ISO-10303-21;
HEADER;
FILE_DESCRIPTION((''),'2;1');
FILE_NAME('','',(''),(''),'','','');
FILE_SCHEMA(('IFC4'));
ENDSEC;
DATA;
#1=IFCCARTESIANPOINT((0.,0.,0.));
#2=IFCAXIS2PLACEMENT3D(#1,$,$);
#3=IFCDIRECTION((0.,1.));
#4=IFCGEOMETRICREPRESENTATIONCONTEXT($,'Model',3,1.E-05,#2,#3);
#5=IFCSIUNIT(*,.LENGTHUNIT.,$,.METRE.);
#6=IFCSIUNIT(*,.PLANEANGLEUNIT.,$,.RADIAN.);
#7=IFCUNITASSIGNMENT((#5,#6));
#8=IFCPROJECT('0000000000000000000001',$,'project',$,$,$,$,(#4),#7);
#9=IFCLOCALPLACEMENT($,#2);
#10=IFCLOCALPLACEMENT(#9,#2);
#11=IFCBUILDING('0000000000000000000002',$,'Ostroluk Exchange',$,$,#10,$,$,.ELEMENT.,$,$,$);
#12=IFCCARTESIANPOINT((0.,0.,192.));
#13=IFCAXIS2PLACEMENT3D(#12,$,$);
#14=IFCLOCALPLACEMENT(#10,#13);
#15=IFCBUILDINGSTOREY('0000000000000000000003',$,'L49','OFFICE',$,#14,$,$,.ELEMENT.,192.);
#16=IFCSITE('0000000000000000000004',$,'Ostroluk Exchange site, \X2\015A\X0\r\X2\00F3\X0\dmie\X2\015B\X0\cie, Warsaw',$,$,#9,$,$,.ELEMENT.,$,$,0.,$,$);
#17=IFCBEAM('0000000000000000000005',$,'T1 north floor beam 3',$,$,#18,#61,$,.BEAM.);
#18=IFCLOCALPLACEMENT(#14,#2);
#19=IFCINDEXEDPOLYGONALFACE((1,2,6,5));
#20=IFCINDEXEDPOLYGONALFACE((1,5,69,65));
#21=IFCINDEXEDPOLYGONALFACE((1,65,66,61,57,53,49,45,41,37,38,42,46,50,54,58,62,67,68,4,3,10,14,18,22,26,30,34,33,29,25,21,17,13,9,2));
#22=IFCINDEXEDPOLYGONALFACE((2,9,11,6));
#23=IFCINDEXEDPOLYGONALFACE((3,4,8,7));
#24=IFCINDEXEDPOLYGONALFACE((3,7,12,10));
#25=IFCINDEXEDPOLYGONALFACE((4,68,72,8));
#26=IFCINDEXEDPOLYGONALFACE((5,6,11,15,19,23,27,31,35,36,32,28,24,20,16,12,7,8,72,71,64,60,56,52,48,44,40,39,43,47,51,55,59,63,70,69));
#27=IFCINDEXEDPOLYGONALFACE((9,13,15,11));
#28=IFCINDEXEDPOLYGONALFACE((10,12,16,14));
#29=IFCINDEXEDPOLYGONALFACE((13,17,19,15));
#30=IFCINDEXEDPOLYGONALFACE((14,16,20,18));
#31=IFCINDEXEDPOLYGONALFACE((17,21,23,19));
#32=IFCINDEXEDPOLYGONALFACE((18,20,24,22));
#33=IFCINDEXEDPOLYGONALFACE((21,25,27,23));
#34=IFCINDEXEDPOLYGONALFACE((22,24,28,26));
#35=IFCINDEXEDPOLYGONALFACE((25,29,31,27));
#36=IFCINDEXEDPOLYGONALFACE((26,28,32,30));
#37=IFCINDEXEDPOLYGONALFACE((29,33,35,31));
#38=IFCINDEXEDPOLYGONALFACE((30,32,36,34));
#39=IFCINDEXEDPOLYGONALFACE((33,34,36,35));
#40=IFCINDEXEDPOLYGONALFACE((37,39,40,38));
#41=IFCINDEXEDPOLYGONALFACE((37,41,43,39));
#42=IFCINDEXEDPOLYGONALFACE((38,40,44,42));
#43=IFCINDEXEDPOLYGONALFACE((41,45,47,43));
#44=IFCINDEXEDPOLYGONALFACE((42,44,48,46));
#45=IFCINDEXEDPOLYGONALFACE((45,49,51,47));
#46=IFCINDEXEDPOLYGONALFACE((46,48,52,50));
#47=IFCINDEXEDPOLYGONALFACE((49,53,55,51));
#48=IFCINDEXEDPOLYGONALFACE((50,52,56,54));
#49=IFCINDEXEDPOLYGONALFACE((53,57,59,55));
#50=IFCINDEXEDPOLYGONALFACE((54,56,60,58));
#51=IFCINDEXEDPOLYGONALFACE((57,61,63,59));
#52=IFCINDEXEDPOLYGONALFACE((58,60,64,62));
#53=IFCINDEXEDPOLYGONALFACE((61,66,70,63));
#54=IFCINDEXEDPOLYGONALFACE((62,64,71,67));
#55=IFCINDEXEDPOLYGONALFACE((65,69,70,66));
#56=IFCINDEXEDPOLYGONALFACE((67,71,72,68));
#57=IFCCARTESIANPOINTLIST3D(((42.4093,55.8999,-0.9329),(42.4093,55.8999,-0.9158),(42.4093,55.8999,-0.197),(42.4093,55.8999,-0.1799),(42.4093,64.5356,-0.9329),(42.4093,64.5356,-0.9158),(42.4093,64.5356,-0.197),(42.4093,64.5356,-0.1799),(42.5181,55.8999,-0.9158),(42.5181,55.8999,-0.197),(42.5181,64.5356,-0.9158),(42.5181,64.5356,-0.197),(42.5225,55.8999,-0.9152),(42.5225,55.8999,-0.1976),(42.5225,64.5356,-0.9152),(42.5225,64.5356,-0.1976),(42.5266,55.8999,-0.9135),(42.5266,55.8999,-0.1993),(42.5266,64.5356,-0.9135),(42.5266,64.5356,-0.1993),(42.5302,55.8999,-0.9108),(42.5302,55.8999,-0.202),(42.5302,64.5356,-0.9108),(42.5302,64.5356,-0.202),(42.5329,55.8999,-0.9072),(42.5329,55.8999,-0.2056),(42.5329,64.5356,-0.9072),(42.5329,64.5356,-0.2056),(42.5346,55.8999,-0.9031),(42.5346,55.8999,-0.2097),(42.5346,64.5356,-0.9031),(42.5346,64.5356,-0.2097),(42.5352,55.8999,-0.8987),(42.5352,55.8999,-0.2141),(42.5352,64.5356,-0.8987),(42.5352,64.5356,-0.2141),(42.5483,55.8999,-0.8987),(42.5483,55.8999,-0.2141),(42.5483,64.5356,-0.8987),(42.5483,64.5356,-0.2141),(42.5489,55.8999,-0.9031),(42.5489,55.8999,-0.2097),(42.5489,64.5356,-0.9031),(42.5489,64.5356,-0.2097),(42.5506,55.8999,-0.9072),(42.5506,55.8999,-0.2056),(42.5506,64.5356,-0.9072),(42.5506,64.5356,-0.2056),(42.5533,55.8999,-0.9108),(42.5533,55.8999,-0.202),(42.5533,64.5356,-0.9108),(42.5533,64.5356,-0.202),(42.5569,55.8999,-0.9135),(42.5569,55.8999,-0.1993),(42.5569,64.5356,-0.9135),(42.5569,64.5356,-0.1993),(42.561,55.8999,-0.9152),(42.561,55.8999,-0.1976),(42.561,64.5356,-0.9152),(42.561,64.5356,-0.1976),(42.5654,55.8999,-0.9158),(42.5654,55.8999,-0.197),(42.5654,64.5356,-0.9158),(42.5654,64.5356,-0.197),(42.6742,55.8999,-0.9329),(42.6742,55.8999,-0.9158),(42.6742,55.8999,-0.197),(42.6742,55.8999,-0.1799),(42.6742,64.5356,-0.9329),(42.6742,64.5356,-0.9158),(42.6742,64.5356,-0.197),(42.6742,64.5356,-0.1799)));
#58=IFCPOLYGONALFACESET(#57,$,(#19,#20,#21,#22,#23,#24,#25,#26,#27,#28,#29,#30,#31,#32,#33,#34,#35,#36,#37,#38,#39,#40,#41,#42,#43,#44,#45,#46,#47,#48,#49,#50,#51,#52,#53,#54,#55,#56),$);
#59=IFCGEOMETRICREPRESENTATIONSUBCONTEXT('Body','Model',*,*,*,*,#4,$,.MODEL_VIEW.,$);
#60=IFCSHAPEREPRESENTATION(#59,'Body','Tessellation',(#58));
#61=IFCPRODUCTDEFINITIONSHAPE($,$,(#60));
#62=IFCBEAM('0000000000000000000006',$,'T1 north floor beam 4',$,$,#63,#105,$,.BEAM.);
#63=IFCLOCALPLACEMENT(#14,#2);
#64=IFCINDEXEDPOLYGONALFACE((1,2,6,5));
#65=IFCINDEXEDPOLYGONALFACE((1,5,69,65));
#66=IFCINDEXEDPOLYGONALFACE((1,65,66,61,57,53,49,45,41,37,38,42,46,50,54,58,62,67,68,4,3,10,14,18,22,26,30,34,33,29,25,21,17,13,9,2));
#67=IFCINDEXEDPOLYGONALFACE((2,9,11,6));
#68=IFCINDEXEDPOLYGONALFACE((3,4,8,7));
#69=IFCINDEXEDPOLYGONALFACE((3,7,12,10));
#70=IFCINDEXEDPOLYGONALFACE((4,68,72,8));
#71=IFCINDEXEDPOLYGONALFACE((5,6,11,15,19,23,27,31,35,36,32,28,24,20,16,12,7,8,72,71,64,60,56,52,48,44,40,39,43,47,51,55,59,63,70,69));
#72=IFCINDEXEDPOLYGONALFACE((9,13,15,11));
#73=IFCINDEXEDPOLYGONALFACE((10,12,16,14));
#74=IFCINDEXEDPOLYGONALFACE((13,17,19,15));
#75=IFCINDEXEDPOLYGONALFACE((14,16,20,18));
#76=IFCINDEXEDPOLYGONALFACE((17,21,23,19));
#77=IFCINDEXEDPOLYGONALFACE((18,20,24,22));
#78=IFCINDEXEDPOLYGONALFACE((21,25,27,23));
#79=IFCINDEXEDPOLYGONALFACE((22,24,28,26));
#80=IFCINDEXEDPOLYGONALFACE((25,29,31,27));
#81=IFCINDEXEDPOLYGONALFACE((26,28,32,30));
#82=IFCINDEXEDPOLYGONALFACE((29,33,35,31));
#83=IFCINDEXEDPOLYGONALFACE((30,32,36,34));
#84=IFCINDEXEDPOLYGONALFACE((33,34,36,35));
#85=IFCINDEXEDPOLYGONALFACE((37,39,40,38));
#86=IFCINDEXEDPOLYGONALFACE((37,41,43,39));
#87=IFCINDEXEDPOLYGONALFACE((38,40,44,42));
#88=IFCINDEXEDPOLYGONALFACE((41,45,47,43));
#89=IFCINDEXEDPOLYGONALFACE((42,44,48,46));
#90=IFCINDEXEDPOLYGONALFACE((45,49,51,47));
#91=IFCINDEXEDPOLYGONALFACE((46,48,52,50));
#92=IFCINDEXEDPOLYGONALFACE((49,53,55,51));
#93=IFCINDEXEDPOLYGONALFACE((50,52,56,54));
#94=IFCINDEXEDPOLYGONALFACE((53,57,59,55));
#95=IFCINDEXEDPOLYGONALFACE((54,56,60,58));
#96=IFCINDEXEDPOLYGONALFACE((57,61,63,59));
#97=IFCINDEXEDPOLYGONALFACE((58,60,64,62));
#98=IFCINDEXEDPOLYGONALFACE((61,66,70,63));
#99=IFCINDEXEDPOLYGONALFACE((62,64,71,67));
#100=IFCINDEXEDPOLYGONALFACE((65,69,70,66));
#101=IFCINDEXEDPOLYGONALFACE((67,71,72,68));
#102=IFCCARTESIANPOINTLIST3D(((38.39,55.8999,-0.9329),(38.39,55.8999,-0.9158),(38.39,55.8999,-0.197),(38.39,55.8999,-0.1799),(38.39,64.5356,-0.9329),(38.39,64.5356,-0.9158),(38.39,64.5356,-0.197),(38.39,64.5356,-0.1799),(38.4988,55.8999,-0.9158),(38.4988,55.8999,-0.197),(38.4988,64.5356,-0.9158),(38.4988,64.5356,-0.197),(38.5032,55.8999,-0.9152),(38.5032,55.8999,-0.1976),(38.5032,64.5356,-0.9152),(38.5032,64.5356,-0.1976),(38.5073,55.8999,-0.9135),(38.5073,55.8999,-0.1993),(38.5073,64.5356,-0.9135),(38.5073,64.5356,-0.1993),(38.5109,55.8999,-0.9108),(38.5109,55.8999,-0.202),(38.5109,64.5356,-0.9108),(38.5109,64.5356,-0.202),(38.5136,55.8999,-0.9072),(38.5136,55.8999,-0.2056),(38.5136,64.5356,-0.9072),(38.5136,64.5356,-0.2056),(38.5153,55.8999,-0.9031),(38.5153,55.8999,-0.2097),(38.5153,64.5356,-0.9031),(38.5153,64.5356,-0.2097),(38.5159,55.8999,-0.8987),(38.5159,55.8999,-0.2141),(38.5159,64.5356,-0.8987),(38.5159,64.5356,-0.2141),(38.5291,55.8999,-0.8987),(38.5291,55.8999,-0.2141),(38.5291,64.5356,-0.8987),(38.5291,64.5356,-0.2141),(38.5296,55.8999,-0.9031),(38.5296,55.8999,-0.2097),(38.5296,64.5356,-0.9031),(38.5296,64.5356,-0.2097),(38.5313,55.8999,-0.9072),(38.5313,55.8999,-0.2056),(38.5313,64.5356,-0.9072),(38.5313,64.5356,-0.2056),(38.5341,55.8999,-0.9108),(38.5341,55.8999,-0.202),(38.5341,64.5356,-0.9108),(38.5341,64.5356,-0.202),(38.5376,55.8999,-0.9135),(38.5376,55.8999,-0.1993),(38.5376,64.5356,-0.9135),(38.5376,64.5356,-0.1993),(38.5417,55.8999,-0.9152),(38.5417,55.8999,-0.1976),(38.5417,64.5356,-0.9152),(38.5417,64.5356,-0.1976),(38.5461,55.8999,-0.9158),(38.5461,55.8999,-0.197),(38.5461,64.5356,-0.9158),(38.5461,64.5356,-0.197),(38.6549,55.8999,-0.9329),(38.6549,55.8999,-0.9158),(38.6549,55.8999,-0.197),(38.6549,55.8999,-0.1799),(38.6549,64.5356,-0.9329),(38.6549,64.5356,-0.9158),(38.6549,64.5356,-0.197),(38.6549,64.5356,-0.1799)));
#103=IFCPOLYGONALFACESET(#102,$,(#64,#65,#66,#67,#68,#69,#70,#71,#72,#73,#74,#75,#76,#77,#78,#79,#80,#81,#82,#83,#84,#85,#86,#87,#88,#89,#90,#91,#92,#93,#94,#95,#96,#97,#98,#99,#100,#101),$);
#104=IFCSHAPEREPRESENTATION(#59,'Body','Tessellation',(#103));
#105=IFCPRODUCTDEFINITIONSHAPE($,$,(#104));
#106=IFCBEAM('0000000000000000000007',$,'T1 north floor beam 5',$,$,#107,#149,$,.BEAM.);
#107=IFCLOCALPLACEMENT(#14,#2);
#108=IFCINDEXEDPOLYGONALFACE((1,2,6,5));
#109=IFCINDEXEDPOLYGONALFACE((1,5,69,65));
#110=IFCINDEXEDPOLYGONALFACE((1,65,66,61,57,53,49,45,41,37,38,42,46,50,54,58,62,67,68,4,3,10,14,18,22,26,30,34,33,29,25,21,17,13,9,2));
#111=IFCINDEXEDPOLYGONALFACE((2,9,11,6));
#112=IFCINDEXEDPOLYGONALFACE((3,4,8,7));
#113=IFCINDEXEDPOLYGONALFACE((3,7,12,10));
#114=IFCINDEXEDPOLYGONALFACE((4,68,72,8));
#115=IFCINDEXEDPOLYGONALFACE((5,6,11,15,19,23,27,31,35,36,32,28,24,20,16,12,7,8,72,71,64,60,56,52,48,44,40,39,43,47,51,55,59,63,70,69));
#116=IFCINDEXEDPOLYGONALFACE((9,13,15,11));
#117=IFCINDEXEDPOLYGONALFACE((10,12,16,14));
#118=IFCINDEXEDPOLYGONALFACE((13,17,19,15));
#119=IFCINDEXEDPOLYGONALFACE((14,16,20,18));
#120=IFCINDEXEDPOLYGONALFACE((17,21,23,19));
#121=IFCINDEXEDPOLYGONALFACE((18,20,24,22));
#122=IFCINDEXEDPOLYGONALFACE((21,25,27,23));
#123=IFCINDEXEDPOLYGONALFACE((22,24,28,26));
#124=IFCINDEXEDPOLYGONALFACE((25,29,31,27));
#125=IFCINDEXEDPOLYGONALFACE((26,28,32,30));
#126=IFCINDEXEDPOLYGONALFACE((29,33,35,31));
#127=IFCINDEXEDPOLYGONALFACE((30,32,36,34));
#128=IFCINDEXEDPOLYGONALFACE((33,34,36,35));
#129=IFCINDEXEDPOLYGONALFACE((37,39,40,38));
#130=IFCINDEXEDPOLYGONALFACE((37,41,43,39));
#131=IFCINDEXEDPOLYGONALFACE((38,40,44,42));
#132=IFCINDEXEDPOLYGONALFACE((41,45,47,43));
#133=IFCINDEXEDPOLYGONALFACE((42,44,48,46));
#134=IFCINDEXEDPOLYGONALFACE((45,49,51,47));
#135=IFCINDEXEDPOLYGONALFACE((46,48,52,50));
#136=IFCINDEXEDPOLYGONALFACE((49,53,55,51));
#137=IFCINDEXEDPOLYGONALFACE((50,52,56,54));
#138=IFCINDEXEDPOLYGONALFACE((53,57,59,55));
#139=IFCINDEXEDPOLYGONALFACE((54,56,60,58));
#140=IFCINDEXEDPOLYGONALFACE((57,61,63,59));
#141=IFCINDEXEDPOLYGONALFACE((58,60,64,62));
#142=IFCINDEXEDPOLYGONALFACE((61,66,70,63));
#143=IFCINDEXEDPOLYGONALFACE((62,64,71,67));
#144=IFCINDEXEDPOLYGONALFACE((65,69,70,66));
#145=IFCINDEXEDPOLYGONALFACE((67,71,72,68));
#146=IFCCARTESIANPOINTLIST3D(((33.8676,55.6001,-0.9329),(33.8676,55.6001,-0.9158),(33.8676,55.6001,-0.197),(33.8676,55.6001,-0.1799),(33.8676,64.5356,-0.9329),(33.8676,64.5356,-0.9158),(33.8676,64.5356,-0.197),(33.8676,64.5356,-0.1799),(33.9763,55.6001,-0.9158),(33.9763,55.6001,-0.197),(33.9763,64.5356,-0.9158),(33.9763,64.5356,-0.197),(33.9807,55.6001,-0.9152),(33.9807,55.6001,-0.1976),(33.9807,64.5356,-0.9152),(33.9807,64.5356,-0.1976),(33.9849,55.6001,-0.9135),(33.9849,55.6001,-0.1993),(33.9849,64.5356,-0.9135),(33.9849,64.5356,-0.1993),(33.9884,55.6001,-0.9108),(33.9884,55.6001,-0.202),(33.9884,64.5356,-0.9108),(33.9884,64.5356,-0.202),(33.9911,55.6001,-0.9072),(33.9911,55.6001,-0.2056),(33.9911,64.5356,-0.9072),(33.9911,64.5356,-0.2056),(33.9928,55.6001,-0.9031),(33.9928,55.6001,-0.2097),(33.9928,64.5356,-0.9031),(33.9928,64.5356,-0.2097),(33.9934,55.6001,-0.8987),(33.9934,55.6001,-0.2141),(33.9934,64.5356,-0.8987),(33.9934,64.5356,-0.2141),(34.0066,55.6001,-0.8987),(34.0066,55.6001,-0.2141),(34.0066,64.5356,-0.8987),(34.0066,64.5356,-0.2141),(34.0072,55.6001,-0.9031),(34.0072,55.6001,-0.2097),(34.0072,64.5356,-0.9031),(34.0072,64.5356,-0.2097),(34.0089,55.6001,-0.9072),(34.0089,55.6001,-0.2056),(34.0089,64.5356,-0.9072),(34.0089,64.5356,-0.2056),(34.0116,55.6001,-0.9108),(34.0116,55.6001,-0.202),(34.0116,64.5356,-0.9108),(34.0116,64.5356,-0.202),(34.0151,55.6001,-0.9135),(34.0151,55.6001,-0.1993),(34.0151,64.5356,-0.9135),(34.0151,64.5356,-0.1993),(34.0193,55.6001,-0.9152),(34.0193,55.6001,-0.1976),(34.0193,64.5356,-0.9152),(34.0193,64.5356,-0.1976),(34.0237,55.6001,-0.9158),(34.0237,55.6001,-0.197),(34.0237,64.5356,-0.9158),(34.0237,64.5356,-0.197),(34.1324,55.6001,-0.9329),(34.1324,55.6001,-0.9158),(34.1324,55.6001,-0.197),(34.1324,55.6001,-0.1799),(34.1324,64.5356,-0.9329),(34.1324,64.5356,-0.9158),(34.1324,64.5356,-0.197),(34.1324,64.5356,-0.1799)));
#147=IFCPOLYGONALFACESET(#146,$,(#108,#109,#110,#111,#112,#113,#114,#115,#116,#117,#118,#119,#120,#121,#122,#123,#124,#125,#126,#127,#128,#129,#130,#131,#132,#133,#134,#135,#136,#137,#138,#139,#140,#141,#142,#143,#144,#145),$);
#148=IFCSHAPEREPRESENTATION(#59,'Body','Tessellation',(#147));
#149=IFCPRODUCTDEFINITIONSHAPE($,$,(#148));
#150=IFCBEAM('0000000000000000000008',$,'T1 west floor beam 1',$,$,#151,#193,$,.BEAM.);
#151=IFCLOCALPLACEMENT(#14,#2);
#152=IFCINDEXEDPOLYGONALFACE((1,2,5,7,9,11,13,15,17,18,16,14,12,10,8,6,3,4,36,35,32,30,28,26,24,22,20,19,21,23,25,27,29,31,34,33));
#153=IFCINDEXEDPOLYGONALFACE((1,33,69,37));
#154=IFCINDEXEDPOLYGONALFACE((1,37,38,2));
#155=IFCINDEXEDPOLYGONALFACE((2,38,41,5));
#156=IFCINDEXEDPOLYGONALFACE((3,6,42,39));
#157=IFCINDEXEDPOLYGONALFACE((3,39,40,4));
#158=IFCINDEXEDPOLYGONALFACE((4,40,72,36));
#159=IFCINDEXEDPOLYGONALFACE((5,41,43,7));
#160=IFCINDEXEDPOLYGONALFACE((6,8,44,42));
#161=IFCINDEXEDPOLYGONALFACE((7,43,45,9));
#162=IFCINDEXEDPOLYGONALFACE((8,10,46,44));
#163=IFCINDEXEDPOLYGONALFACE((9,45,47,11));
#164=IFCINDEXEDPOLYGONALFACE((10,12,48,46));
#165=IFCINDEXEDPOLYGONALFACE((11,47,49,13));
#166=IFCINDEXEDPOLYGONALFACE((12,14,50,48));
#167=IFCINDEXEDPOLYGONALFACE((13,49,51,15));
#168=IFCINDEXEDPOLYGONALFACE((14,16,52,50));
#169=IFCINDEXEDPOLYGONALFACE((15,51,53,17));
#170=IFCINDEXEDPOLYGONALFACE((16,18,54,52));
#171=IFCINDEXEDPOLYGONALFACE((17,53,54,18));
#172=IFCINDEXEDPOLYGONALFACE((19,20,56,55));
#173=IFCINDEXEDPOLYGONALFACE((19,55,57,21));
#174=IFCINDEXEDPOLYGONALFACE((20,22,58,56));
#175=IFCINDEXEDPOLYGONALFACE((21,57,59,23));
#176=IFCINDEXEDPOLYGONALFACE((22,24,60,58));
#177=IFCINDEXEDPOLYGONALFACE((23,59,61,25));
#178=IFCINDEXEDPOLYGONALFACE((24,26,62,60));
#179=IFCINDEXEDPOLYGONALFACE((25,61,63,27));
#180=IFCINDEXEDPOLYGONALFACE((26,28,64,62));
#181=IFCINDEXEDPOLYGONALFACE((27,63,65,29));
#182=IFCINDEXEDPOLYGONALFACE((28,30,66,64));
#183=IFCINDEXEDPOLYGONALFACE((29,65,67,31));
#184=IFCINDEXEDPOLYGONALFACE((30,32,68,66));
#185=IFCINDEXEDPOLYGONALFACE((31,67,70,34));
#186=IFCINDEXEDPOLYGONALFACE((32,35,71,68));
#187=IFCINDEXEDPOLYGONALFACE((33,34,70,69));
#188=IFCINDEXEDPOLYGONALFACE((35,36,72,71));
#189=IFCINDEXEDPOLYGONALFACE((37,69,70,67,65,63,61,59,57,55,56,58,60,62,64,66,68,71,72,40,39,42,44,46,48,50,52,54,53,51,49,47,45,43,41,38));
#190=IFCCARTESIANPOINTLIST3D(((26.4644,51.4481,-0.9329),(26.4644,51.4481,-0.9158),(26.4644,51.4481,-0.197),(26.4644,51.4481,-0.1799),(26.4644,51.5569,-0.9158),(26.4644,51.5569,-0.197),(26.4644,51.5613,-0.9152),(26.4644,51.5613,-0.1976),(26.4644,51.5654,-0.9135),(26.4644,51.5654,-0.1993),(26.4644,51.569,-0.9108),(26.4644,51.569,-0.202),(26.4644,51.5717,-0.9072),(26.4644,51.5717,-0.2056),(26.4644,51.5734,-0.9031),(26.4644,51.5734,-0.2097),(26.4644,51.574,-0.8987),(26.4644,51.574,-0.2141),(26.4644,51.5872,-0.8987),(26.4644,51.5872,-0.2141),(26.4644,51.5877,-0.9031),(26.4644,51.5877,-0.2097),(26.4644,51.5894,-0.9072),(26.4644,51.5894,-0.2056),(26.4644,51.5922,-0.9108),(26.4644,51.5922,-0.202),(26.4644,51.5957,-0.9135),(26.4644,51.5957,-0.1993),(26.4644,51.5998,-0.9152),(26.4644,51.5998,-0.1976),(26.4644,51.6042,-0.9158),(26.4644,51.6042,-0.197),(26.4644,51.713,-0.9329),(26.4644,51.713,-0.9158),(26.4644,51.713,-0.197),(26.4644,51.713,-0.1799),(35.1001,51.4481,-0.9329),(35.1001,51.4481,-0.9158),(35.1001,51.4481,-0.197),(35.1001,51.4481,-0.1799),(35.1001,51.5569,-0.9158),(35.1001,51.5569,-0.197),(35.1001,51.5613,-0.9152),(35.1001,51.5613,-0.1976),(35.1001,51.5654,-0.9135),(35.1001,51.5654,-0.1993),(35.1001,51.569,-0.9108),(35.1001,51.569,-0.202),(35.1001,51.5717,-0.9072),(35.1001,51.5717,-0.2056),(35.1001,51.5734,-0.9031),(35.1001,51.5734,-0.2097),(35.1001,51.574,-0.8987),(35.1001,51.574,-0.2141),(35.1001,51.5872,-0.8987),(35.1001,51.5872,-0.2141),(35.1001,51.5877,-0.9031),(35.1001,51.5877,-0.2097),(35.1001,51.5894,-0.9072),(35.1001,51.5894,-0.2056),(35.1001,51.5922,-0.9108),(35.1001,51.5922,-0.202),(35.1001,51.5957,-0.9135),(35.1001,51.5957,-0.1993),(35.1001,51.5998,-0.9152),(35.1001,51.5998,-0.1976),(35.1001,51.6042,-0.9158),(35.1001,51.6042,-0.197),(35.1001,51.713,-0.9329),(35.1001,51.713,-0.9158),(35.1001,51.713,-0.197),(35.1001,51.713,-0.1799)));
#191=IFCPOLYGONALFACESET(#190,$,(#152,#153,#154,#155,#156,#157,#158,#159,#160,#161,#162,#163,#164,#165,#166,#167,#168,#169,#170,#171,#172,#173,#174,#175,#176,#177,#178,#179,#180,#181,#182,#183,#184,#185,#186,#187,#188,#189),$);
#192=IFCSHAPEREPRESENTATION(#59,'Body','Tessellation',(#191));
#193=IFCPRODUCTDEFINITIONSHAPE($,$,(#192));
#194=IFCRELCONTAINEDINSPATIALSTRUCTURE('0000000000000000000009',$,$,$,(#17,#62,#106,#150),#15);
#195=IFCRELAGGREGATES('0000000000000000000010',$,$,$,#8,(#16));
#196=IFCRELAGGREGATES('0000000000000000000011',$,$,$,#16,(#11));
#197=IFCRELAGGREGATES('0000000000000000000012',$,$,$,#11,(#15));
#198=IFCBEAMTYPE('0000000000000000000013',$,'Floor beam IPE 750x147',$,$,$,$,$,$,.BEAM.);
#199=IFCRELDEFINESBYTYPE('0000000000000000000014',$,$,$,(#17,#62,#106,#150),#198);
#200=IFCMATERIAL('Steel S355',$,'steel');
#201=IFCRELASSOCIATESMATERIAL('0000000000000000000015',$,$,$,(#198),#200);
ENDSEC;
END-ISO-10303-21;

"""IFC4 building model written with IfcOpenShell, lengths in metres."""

from ifc_helpers import new_model, si_unit, direction, frame, origin, origin_2d, place, context, subcontext, project, spatial, i_section, extrude, material, material_profile, profile_set, type_object, element, save


model = new_model("IFC4")

# Units and contexts
model_context = context("Model", 3, precision=1e-05, world=origin(), true_north=direction((0.0, 1.0)))
body_context = subcontext(model_context, "Body", "Model", "MODEL_VIEW")
ifc_project = project(units=[si_unit("LENGTHUNIT", "METRE"), si_unit("PLANEANGLEUNIT", "RADIAN")], contexts=[model_context])

# Site, building, storey
site_placement = place(None, origin())
site = spatial("IfcSite", under=ifc_project, at=site_placement, Name="Ostroluk Exchange site, Śródmieście, Warsaw", CompositionType="ELEMENT", RefElevation=0.0)
building_placement = place(site_placement, origin())
building = spatial("IfcBuilding", under=site, at=building_placement, Name="Ostroluk Exchange", CompositionType="ELEMENT")
storey_placement = place(building_placement, frame((0.0, 0.0, 192.0)))
storey = spatial("IfcBuildingStorey", under=building, at=storey_placement, Name="L49", Description="OFFICE", CompositionType="ELEMENT", Elevation=192.0)

# Beams
ifc_material_1 = material(Name="Steel S355", Category="steel")
ifc_material_profile_1 = material_profile(ifc_material_1, i_section(OverallWidth=0.2649, OverallDepth=0.7529, WebThickness=0.0132, FlangeThickness=0.0171, FilletRadius=0.0171, at=origin_2d()), Name="IPE 750x147")
ifc_profile_set_1 = profile_set([ifc_material_profile_1], Name="Steel S355")
beam_type_1 = type_object("IfcBeamType", Name="Floor beam IPE 750x147", PredefinedType="BEAM", material=ifc_profile_set_1)
for number, where, z_axis, x_axis, name in (
    (1, (42.5417, 55.8999, -0.5564), (0.0, 1.0, 0.0), (-1.0, 0.0, 0.0), "T1 north floor beam 3"),
    (2, (38.5225, 55.8999, -0.5564), (0.0, 1.0, 0.0), (-1.0, 0.0, 0.0), "T1 north floor beam 4"),
):
    element("IfcBeam", number, at=place(storey_placement, frame(where, z_axis=z_axis, x_axis=x_axis)), inside=storey, type_object=beam_type_1, Name=name, PredefinedType="BEAM", context=body_context, shape_type="SweptSolid", body=[
        extrude(i_section(OverallWidth=0.2649, OverallDepth=0.7529, WebThickness=0.0132, FlangeThickness=0.0171, FilletRadius=0.0171, at=origin_2d()), origin(), (0.0, 0.0, 1.0), 8.6357),
    ])
beam_1_placement = place(storey_placement, frame((34.0, 55.6001, -0.5564), z_axis=(0.0, 1.0, 0.0), x_axis=(-1.0, 0.0, 0.0)))
element("IfcBeam", 3, at=beam_1_placement, inside=storey, type_object=beam_type_1, Name="T1 north floor beam 5", PredefinedType="BEAM", context=body_context, shape_type="SweptSolid", body=[
    extrude(i_section(OverallWidth=0.2649, OverallDepth=0.7529, WebThickness=0.0132, FlangeThickness=0.0171, FilletRadius=0.0171, at=origin_2d()), origin(), (0.0, 0.0, 1.0), 8.9355),
])
for number, where, z_axis, x_axis, name in (
    (4, (35.1001, 51.5806, -0.5564), (-1.0, 0.0, 0.0), (0.0, -1.0, 0.0), "T1 west floor beam 1"),
):
    element("IfcBeam", number, at=place(storey_placement, frame(where, z_axis=z_axis, x_axis=x_axis)), inside=storey, type_object=beam_type_1, Name=name, PredefinedType="BEAM", context=body_context, shape_type="SweptSolid", body=[
        extrude(i_section(OverallWidth=0.2649, OverallDepth=0.7529, WebThickness=0.0132, FlangeThickness=0.0171, FilletRadius=0.0171, at=origin_2d()), origin(), (0.0, 0.0, 1.0), 8.6357),
    ])

save(model, "model.ifc")
